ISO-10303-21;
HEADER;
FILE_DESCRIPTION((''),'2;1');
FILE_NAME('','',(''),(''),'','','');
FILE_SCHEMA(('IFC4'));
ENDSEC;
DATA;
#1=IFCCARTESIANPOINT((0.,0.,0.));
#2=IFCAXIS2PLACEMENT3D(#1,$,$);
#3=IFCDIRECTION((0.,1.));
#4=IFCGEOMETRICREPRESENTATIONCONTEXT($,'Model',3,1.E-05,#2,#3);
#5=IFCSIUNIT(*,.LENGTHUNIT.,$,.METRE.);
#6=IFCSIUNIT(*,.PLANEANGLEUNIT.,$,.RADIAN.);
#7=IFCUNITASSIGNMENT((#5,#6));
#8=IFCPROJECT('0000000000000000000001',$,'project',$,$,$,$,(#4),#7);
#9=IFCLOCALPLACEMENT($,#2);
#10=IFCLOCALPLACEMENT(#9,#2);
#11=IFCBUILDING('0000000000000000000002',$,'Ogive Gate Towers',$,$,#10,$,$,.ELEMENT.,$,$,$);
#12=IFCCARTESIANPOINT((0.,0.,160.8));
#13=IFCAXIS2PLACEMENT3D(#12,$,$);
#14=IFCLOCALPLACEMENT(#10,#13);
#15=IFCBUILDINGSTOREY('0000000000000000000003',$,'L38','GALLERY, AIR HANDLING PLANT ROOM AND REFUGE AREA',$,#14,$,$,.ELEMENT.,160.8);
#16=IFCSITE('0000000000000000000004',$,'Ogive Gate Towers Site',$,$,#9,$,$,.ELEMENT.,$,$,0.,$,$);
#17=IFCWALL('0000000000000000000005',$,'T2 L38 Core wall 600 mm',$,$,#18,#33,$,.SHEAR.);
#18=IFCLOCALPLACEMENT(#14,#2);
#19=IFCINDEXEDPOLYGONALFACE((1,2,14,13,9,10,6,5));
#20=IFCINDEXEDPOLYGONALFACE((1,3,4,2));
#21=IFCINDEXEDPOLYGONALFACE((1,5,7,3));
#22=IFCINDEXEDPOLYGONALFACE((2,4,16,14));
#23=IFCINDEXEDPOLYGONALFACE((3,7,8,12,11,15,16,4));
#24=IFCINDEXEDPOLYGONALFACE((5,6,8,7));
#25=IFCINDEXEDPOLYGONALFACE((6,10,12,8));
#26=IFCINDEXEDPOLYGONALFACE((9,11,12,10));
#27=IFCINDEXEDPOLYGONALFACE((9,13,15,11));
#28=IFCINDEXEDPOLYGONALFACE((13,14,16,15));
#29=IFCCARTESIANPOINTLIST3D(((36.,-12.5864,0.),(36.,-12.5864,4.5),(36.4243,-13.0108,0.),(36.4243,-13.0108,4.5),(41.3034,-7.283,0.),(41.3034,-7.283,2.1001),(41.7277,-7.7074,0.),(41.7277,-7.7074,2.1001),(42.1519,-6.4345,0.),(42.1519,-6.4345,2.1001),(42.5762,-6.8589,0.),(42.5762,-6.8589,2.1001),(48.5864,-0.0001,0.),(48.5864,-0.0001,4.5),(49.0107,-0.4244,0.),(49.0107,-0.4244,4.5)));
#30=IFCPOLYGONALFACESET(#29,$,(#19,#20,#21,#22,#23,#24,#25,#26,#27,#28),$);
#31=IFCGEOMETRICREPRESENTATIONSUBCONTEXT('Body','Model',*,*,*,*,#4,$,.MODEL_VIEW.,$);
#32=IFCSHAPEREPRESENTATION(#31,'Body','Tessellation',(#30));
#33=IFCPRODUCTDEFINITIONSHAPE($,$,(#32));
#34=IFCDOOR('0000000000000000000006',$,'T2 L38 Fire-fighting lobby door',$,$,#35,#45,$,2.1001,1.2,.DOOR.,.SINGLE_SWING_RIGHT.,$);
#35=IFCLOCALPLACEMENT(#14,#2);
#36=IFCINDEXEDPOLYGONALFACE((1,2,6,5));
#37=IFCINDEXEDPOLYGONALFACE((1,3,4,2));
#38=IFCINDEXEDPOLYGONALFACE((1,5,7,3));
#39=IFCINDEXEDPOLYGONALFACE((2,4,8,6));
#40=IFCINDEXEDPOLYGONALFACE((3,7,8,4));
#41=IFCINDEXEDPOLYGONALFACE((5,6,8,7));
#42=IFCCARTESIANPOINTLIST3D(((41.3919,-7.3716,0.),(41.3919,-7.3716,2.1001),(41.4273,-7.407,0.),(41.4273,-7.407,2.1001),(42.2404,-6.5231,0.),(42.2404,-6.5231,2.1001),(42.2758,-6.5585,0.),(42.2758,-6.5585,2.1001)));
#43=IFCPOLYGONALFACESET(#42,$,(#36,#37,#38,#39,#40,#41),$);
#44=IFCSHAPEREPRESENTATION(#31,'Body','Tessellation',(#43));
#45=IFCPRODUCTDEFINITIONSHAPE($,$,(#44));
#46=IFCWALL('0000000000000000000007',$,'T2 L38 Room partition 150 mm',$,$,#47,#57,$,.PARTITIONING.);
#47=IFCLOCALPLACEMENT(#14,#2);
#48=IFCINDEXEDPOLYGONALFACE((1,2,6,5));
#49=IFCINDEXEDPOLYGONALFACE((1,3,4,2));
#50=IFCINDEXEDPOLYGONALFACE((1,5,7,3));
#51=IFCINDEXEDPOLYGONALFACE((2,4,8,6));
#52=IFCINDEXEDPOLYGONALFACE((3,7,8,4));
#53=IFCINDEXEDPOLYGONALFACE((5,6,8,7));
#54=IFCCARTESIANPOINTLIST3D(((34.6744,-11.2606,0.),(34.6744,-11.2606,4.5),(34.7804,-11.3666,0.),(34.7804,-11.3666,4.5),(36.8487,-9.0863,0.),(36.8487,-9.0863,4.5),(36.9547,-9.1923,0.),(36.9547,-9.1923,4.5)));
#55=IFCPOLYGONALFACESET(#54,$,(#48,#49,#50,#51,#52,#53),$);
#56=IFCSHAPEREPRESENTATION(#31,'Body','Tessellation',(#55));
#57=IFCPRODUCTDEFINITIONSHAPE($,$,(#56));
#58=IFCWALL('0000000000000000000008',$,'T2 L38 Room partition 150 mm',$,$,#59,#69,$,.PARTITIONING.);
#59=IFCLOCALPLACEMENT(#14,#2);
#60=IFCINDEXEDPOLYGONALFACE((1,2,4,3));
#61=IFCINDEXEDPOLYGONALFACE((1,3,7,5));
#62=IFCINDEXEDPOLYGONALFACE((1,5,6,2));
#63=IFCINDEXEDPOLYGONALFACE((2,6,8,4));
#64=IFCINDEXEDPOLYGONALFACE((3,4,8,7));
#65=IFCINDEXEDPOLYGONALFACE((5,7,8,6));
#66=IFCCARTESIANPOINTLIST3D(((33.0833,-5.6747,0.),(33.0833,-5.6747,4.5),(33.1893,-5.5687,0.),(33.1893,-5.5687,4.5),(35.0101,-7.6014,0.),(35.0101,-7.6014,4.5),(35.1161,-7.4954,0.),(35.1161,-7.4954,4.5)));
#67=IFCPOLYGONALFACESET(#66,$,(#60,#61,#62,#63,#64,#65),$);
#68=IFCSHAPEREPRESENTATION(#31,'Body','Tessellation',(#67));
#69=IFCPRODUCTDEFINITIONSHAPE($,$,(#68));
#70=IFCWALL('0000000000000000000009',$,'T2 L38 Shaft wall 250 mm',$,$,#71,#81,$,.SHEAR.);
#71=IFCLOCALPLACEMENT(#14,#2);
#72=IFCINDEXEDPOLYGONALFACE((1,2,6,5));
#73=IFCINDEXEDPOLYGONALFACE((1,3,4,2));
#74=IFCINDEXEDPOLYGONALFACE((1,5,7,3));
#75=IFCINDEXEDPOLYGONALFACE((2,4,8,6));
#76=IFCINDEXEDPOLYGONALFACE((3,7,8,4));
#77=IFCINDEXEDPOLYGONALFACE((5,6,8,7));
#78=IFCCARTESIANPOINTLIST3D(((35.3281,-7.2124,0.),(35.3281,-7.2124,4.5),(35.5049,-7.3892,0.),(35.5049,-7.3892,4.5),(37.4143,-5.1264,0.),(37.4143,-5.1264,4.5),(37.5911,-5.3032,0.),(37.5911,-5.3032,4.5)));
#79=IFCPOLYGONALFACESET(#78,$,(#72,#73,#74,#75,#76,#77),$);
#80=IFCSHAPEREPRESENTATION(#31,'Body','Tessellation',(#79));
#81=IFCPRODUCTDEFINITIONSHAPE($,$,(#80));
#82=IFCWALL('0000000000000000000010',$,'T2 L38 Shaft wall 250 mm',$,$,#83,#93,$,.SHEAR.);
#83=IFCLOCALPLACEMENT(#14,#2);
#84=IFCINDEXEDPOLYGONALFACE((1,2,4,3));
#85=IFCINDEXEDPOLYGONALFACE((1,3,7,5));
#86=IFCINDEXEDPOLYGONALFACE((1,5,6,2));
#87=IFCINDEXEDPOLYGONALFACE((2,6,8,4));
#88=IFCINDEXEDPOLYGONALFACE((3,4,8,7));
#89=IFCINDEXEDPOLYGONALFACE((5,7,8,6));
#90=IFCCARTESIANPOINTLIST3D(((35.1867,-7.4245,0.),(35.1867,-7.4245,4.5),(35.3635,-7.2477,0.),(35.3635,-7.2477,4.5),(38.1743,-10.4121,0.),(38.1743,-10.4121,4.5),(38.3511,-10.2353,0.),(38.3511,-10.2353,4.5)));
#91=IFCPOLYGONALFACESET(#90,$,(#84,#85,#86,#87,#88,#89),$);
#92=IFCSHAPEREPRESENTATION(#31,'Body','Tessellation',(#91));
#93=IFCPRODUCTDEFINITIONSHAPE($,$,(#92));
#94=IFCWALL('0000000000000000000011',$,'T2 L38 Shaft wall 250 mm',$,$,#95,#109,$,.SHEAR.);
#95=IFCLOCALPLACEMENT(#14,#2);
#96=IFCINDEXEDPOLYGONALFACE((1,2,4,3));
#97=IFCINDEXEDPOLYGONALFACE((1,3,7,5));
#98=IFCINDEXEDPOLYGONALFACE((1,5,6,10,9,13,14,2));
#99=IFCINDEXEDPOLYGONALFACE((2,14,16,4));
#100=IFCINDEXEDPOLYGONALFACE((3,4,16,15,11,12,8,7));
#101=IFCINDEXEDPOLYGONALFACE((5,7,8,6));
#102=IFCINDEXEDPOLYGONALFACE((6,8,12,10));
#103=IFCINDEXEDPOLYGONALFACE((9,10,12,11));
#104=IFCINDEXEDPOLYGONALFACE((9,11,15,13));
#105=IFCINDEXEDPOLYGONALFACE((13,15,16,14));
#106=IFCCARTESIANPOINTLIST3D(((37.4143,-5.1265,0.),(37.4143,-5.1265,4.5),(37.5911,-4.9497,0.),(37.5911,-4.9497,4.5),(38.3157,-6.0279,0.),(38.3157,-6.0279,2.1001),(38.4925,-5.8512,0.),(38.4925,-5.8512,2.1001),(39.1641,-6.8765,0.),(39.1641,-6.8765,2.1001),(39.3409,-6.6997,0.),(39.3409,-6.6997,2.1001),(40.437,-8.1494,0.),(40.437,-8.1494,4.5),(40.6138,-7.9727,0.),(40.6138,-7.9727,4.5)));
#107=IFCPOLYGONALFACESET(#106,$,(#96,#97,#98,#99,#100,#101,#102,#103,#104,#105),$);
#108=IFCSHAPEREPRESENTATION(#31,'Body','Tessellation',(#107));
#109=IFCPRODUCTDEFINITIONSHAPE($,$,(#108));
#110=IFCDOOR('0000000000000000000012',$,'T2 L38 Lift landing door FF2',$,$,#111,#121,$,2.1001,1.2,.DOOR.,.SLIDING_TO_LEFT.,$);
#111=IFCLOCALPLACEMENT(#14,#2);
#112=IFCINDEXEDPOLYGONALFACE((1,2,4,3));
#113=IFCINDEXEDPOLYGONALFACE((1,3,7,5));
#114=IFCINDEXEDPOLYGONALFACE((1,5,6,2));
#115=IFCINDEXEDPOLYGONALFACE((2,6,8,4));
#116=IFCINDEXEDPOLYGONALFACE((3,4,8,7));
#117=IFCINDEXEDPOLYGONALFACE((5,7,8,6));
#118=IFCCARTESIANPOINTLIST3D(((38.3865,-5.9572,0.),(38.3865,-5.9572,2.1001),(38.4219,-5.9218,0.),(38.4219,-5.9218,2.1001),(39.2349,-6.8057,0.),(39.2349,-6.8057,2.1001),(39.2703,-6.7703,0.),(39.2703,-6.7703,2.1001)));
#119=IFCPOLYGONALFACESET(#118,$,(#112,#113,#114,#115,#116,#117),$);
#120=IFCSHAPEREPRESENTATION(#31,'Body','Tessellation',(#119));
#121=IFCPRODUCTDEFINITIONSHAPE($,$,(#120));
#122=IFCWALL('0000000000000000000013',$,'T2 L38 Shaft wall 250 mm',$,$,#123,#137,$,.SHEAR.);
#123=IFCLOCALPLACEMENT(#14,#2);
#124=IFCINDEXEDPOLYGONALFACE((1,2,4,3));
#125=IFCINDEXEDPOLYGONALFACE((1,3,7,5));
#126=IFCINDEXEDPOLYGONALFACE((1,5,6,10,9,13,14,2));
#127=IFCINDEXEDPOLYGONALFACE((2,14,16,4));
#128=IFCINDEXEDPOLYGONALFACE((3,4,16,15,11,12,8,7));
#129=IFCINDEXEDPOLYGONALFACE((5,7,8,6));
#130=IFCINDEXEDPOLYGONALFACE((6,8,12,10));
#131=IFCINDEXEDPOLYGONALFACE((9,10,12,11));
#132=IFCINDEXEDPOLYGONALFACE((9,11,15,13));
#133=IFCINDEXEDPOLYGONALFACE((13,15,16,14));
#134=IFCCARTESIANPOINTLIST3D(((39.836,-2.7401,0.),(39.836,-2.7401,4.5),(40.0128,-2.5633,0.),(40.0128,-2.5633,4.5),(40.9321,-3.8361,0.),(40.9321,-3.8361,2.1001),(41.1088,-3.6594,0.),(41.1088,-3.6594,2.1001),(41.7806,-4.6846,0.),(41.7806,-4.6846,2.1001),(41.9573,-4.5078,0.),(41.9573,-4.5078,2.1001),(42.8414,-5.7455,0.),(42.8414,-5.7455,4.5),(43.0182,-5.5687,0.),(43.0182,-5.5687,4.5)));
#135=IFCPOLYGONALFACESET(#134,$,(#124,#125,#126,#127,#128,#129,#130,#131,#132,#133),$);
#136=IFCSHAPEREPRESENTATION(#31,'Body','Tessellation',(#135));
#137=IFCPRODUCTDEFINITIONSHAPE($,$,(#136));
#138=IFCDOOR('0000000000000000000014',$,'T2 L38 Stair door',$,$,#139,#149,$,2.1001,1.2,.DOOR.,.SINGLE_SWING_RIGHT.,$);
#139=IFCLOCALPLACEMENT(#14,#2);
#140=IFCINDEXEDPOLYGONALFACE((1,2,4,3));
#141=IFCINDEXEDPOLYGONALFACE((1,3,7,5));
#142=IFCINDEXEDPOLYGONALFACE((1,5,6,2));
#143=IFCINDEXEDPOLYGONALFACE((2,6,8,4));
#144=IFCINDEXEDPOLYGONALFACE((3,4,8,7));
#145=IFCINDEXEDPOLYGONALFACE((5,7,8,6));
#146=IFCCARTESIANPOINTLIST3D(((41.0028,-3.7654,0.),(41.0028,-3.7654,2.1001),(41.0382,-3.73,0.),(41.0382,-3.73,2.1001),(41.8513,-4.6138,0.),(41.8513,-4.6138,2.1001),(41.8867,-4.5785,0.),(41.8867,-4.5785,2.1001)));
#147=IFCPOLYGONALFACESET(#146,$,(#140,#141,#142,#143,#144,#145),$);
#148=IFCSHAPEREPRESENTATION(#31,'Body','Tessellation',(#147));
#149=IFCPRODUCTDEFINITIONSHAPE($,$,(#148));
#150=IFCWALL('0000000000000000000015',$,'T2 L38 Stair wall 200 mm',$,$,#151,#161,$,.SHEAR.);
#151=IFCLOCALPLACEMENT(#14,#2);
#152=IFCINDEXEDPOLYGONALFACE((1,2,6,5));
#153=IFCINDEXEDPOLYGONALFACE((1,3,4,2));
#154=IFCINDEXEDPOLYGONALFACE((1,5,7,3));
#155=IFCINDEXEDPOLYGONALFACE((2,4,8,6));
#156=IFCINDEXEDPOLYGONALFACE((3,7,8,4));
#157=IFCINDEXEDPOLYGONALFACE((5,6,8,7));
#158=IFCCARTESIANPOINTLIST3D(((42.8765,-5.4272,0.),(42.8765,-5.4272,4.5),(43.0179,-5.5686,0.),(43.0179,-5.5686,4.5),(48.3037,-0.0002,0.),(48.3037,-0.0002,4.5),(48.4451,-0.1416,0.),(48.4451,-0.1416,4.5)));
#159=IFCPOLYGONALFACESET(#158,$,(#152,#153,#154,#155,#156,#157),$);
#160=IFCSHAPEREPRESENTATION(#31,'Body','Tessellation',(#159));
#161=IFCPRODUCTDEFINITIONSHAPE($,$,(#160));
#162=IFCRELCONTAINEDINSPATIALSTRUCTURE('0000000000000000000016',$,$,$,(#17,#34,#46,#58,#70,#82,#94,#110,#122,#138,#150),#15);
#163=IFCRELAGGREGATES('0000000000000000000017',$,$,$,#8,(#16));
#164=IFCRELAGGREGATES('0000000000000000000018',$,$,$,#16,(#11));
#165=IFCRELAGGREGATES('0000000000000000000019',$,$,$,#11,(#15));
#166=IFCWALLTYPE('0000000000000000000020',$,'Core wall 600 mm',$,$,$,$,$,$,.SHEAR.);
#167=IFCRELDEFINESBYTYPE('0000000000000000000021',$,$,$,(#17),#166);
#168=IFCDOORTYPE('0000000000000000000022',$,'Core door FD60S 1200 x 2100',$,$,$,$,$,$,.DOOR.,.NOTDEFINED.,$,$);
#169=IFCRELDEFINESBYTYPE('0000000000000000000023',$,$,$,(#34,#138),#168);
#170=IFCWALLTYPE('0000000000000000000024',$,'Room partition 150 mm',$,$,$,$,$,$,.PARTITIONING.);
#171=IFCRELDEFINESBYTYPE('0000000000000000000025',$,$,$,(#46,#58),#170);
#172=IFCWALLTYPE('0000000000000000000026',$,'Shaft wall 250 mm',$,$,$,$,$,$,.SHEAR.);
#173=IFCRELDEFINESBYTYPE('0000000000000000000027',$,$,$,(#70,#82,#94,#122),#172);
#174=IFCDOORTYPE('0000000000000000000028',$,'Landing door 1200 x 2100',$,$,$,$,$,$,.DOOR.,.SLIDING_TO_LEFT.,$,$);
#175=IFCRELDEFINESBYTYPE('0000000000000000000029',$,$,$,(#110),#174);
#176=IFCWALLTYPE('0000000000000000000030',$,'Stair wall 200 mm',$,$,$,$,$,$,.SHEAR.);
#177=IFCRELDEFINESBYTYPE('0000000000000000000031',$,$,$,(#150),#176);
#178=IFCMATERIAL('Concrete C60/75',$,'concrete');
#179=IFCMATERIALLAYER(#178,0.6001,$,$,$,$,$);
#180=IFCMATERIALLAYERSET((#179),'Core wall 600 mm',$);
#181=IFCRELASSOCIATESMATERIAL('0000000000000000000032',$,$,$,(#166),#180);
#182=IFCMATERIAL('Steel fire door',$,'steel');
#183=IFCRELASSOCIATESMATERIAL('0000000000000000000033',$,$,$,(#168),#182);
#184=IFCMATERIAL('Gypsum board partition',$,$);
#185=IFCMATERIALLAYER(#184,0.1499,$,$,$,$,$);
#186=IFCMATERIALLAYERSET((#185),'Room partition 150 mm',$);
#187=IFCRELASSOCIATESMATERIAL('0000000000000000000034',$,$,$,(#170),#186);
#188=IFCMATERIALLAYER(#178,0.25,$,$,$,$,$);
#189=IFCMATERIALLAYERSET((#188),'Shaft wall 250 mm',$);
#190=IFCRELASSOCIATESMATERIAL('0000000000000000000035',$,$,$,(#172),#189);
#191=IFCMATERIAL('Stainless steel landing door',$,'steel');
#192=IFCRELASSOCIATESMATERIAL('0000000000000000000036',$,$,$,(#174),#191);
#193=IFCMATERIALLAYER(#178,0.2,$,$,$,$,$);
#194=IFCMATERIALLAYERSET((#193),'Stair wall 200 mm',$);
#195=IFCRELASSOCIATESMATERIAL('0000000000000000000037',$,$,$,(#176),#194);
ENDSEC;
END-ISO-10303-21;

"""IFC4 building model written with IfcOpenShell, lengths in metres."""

from ifc_helpers import new_model, si_unit, direction, frame, frame_2d, origin, place, context, subcontext, project, spatial, rectangle, extrude, material, layer, layer_set, type_object, element, fill, save


model = new_model("IFC4")

# Units and contexts
model_context = context("Model", 3, precision=1e-05, world=origin(), true_north=direction((0.0, 1.0)))
body_context = subcontext(model_context, "Body", "Model", "MODEL_VIEW")
ifc_project = project(units=[si_unit("LENGTHUNIT", "METRE"), si_unit("PLANEANGLEUNIT", "RADIAN")], contexts=[model_context])

# Site, building, storey
site_placement = place(None, origin())
site = spatial("IfcSite", under=ifc_project, at=site_placement, Name="Ogive Gate Towers Site", CompositionType="ELEMENT", RefElevation=0.0)
building_placement = place(site_placement, origin())
building = spatial("IfcBuilding", under=site, at=building_placement, Name="Ogive Gate Towers", CompositionType="ELEMENT")
storey_placement = place(building_placement, frame((0.0, 0.0, 160.8)))
storey = spatial("IfcBuildingStorey", under=building, at=storey_placement, Name="L38", Description="GALLERY, AIR HANDLING PLANT ROOM AND REFUGE AREA", CompositionType="ELEMENT", Elevation=160.8)

# Wall, opening, door
ifc_material_1 = material(Name="Concrete C60/75", Category="concrete")
ifc_layer_1 = layer(ifc_material_1, 0.6001)
ifc_layer_set_1 = layer_set([ifc_layer_1], Name="Core wall 600 mm")
wall_type_1 = type_object("IfcWallType", Name="Core wall 600 mm", PredefinedType="SHEAR", material=ifc_layer_set_1)
wall_1_placement = place(storey_placement, frame((36.2122, -12.7986, 0.0), z_axis=(0.0, 0.0, 1.0), x_axis=(0.707107, 0.707107, 0.0)))
wall_1 = element("IfcWall", 1, at=wall_1_placement, inside=storey, type_object=wall_type_1, Name="T2 L38 Core wall 600 mm", PredefinedType="SHEAR", context=body_context, shape_type="SweptSolid", body=[
    extrude(rectangle(XDim=17.7998, YDim=0.6001, at=frame_2d((8.8999, 0.0))), origin(), (0.0, 0.0, 1.0), 4.5),
])
opening_1_placement = place(wall_1_placement, frame((7.5, 0.0, 0.0)))
opening_1 = element("IfcOpeningElement", 2, at=opening_1_placement, cuts=wall_1, PredefinedType="OPENING", context=body_context, shape_type="SweptSolid", body=[
    extrude(rectangle(XDim=1.2, YDim=2.1001, at=frame_2d((0.6001, 1.05))), frame((0.0, 0.3101, 0.0), z_axis=(0.0, -1.0, 0.0), x_axis=(1.0, 0.0, 0.0)), (0.0, 0.0, 1.0), 0.6201),
])
ifc_material_2 = material(Name="Steel fire door", Category="steel")
door_type_1 = type_object("IfcDoorType", Name="Core door FD60S 1200 x 2100", OperationType="NOTDEFINED", PredefinedType="DOOR", material=ifc_material_2)
door_1_placement = place(opening_1_placement, origin())
door_1 = element("IfcDoor", 3, at=door_1_placement, inside=storey, type_object=door_type_1, Name="T2 L38 Fire-fighting lobby door", OperationType="SINGLE_SWING_RIGHT", OverallHeight=2.1001, OverallWidth=1.2, PredefinedType="DOOR", context=body_context, shape_type="SweptSolid", body=[
    extrude(rectangle(XDim=1.2, YDim=2.1001, at=frame_2d((0.6001, 1.05))), frame((0.0, 0.1748, 0.0), z_axis=(0.0, -1.0, 0.0), x_axis=(1.0, 0.0, 0.0)), (0.0, 0.0, 1.0), 0.05),
])
fill(opening_1, door_1)

# Walls
ifc_material_3 = material(Name="Gypsum board partition")
ifc_layer_2 = layer(ifc_material_3, 0.1499)
ifc_layer_set_2 = layer_set([ifc_layer_2], Name="Room partition 150 mm")
wall_type_2 = type_object("IfcWallType", Name="Room partition 150 mm", PredefinedType="PARTITIONING", material=ifc_layer_set_2)
wall_2_placement = place(storey_placement, frame((34.7273, -11.3137, 0.0), z_axis=(0.0, 0.0, 1.0), x_axis=(0.707107, 0.707107, 0.0)))
element("IfcWall", 4, at=wall_2_placement, inside=storey, type_object=wall_type_2, Name="T2 L38 Room partition 150 mm", PredefinedType="PARTITIONING", context=body_context, shape_type="SweptSolid", body=[
    extrude(rectangle(XDim=3.075, YDim=0.1499, at=frame_2d((1.5376, 0.0))), origin(), (0.0, 0.0, 1.0), 4.5),
])
wall_3_placement = place(storey_placement, frame((35.063, -7.5483, 0.0), z_axis=(0.0, 0.0, 1.0), x_axis=(-0.707107, 0.707107, 0.0)))
element("IfcWall", 5, at=wall_3_placement, inside=storey, type_object=wall_type_2, Name="T2 L38 Room partition 150 mm", PredefinedType="PARTITIONING", context=body_context, shape_type="SweptSolid", body=[
    extrude(rectangle(XDim=2.7249, YDim=0.1499, at=frame_2d((1.3623, 0.0))), origin(), (0.0, 0.0, 1.0), 4.5),
])
ifc_layer_3 = layer(ifc_material_1, 0.25)
ifc_layer_set_3 = layer_set([ifc_layer_3], Name="Shaft wall 250 mm")
wall_type_3 = type_object("IfcWallType", Name="Shaft wall 250 mm", PredefinedType="SHEAR", material=ifc_layer_set_3)
wall_4_placement = place(storey_placement, frame((35.4165, -7.3008, 0.0), z_axis=(0.0, 0.0, 1.0), x_axis=(0.707148, 0.707065, 0.0)))
element("IfcWall", 6, at=wall_4_placement, inside=storey, type_object=wall_type_3, Name="T2 L38 Shaft wall 250 mm", PredefinedType="SHEAR", context=body_context, shape_type="SweptSolid", body=[
    extrude(rectangle(XDim=2.9502, YDim=0.25, at=frame_2d((1.4751, 0.0))), origin(), (0.0, 0.0, 1.0), 4.5),
])
wall_5_placement = place(storey_placement, frame((38.2627, -10.3237, 0.0), z_axis=(0.0, 0.0, 1.0), x_axis=(-0.707107, 0.707107, 0.0)))
element("IfcWall", 7, at=wall_5_placement, inside=storey, type_object=wall_type_3, Name="T2 L38 Shaft wall 250 mm", PredefinedType="SHEAR", context=body_context, shape_type="SweptSolid", body=[
    extrude(rectangle(XDim=4.2251, YDim=0.25, at=frame_2d((2.1125, 0.0))), origin(), (0.0, 0.0, 1.0), 4.5),
])

# Walls, openings, doors
wall_6_placement = place(storey_placement, frame((40.5254, -8.061, 0.0), z_axis=(0.0, 0.0, 1.0), x_axis=(-0.707078, 0.707135, 0.0)))
wall_6 = element("IfcWall", 8, at=wall_6_placement, inside=storey, type_object=wall_type_3, Name="T2 L38 Shaft wall 250 mm", PredefinedType="SHEAR", context=body_context, shape_type="SweptSolid", body=[
    extrude(rectangle(XDim=4.2749, YDim=0.25, at=frame_2d((2.1375, 0.0))), origin(), (0.0, 0.0, 1.0), 4.5),
])
opening_2_placement = place(wall_6_placement, frame((1.8, 0.0, 0.0)))
opening_2 = element("IfcOpeningElement", 9, at=opening_2_placement, cuts=wall_6, PredefinedType="OPENING", context=body_context, shape_type="SweptSolid", body=[
    extrude(rectangle(XDim=1.2, YDim=2.1001, at=frame_2d((0.6001, 1.05))), frame((0.0, 0.135, 0.0), z_axis=(0.0, -1.0, 0.0), x_axis=(1.0, 0.0, 0.0)), (0.0, 0.0, 1.0), 0.27),
])
ifc_material_4 = material(Name="Stainless steel landing door", Category="steel")
door_type_2 = type_object("IfcDoorType", Name="Landing door 1200 x 2100", OperationType="SLIDING_TO_LEFT", PredefinedType="DOOR", material=ifc_material_4)
door_2_placement = place(opening_2_placement, origin())
door_2 = element("IfcDoor", 10, at=door_2_placement, inside=storey, type_object=door_type_2, Name="T2 L38 Lift landing door FF2", OperationType="SLIDING_TO_LEFT", OverallHeight=2.1001, OverallWidth=1.2, PredefinedType="DOOR", context=body_context, shape_type="SweptSolid", body=[
    extrude(rectangle(XDim=1.2, YDim=2.1001, at=frame_2d((0.6001, 1.05))), frame((0.0, 0.0249, 0.0), z_axis=(0.0, -1.0, 0.0), x_axis=(1.0, 0.0, 0.0)), (0.0, 0.0, 1.0), 0.05),
])
fill(opening_2, door_2)
wall_7_placement = place(storey_placement, frame((42.9297, -5.657, 0.0), z_axis=(0.0, 0.0, 1.0), x_axis=(-0.707107, 0.707107, 0.0)))
wall_7 = element("IfcWall", 11, at=wall_7_placement, inside=storey, type_object=wall_type_3, Name="T2 L38 Shaft wall 250 mm", PredefinedType="SHEAR", context=body_context, shape_type="SweptSolid", body=[
    extrude(rectangle(XDim=4.2502, YDim=0.25, at=frame_2d((2.125, 0.0))), origin(), (0.0, 0.0, 1.0), 4.5),
])
opening_3_placement = place(wall_7_placement, frame((1.5, 0.0, 0.0)))
opening_3 = element("IfcOpeningElement", 12, at=opening_3_placement, cuts=wall_7, PredefinedType="OPENING", context=body_context, shape_type="SweptSolid", body=[
    extrude(rectangle(XDim=1.2, YDim=2.1001, at=frame_2d((0.6001, 1.05))), frame((0.0, 0.135, 0.0), z_axis=(0.0, -1.0, 0.0), x_axis=(1.0, 0.0, 0.0)), (0.0, 0.0, 1.0), 0.27),
])
door_3_placement = place(opening_3_placement, origin())
door_3 = element("IfcDoor", 13, at=door_3_placement, inside=storey, type_object=door_type_1, Name="T2 L38 Stair door", OperationType="SINGLE_SWING_RIGHT", OverallHeight=2.1001, OverallWidth=1.2, PredefinedType="DOOR", context=body_context, shape_type="SweptSolid", body=[
    extrude(rectangle(XDim=1.2, YDim=2.1001, at=frame_2d((0.6001, 1.05))), frame((0.0, 0.0249, 0.0), z_axis=(0.0, -1.0, 0.0), x_axis=(1.0, 0.0, 0.0)), (0.0, 0.0, 1.0), 0.05),
])
fill(opening_3, door_3)

# Wall
ifc_layer_4 = layer(ifc_material_1, 0.2)
ifc_layer_set_4 = layer_set([ifc_layer_4], Name="Stair wall 200 mm")
wall_type_4 = type_object("IfcWallType", Name="Stair wall 200 mm", PredefinedType="SHEAR", material=ifc_layer_set_4)
wall_8_placement = place(storey_placement, frame((42.9473, -5.4978, 0.0), z_axis=(0.0, 0.0, 1.0), x_axis=(0.707123, 0.707091, 0.0)))
element("IfcWall", 14, at=wall_8_placement, inside=storey, type_object=wall_type_4, Name="T2 L38 Stair wall 200 mm", PredefinedType="SHEAR", context=body_context, shape_type="SweptSolid", body=[
    extrude(rectangle(XDim=7.675, YDim=0.2, at=frame_2d((3.8374, 0.0))), origin(), (0.0, 0.0, 1.0), 4.5),
])

save(model, "model.ifc")
